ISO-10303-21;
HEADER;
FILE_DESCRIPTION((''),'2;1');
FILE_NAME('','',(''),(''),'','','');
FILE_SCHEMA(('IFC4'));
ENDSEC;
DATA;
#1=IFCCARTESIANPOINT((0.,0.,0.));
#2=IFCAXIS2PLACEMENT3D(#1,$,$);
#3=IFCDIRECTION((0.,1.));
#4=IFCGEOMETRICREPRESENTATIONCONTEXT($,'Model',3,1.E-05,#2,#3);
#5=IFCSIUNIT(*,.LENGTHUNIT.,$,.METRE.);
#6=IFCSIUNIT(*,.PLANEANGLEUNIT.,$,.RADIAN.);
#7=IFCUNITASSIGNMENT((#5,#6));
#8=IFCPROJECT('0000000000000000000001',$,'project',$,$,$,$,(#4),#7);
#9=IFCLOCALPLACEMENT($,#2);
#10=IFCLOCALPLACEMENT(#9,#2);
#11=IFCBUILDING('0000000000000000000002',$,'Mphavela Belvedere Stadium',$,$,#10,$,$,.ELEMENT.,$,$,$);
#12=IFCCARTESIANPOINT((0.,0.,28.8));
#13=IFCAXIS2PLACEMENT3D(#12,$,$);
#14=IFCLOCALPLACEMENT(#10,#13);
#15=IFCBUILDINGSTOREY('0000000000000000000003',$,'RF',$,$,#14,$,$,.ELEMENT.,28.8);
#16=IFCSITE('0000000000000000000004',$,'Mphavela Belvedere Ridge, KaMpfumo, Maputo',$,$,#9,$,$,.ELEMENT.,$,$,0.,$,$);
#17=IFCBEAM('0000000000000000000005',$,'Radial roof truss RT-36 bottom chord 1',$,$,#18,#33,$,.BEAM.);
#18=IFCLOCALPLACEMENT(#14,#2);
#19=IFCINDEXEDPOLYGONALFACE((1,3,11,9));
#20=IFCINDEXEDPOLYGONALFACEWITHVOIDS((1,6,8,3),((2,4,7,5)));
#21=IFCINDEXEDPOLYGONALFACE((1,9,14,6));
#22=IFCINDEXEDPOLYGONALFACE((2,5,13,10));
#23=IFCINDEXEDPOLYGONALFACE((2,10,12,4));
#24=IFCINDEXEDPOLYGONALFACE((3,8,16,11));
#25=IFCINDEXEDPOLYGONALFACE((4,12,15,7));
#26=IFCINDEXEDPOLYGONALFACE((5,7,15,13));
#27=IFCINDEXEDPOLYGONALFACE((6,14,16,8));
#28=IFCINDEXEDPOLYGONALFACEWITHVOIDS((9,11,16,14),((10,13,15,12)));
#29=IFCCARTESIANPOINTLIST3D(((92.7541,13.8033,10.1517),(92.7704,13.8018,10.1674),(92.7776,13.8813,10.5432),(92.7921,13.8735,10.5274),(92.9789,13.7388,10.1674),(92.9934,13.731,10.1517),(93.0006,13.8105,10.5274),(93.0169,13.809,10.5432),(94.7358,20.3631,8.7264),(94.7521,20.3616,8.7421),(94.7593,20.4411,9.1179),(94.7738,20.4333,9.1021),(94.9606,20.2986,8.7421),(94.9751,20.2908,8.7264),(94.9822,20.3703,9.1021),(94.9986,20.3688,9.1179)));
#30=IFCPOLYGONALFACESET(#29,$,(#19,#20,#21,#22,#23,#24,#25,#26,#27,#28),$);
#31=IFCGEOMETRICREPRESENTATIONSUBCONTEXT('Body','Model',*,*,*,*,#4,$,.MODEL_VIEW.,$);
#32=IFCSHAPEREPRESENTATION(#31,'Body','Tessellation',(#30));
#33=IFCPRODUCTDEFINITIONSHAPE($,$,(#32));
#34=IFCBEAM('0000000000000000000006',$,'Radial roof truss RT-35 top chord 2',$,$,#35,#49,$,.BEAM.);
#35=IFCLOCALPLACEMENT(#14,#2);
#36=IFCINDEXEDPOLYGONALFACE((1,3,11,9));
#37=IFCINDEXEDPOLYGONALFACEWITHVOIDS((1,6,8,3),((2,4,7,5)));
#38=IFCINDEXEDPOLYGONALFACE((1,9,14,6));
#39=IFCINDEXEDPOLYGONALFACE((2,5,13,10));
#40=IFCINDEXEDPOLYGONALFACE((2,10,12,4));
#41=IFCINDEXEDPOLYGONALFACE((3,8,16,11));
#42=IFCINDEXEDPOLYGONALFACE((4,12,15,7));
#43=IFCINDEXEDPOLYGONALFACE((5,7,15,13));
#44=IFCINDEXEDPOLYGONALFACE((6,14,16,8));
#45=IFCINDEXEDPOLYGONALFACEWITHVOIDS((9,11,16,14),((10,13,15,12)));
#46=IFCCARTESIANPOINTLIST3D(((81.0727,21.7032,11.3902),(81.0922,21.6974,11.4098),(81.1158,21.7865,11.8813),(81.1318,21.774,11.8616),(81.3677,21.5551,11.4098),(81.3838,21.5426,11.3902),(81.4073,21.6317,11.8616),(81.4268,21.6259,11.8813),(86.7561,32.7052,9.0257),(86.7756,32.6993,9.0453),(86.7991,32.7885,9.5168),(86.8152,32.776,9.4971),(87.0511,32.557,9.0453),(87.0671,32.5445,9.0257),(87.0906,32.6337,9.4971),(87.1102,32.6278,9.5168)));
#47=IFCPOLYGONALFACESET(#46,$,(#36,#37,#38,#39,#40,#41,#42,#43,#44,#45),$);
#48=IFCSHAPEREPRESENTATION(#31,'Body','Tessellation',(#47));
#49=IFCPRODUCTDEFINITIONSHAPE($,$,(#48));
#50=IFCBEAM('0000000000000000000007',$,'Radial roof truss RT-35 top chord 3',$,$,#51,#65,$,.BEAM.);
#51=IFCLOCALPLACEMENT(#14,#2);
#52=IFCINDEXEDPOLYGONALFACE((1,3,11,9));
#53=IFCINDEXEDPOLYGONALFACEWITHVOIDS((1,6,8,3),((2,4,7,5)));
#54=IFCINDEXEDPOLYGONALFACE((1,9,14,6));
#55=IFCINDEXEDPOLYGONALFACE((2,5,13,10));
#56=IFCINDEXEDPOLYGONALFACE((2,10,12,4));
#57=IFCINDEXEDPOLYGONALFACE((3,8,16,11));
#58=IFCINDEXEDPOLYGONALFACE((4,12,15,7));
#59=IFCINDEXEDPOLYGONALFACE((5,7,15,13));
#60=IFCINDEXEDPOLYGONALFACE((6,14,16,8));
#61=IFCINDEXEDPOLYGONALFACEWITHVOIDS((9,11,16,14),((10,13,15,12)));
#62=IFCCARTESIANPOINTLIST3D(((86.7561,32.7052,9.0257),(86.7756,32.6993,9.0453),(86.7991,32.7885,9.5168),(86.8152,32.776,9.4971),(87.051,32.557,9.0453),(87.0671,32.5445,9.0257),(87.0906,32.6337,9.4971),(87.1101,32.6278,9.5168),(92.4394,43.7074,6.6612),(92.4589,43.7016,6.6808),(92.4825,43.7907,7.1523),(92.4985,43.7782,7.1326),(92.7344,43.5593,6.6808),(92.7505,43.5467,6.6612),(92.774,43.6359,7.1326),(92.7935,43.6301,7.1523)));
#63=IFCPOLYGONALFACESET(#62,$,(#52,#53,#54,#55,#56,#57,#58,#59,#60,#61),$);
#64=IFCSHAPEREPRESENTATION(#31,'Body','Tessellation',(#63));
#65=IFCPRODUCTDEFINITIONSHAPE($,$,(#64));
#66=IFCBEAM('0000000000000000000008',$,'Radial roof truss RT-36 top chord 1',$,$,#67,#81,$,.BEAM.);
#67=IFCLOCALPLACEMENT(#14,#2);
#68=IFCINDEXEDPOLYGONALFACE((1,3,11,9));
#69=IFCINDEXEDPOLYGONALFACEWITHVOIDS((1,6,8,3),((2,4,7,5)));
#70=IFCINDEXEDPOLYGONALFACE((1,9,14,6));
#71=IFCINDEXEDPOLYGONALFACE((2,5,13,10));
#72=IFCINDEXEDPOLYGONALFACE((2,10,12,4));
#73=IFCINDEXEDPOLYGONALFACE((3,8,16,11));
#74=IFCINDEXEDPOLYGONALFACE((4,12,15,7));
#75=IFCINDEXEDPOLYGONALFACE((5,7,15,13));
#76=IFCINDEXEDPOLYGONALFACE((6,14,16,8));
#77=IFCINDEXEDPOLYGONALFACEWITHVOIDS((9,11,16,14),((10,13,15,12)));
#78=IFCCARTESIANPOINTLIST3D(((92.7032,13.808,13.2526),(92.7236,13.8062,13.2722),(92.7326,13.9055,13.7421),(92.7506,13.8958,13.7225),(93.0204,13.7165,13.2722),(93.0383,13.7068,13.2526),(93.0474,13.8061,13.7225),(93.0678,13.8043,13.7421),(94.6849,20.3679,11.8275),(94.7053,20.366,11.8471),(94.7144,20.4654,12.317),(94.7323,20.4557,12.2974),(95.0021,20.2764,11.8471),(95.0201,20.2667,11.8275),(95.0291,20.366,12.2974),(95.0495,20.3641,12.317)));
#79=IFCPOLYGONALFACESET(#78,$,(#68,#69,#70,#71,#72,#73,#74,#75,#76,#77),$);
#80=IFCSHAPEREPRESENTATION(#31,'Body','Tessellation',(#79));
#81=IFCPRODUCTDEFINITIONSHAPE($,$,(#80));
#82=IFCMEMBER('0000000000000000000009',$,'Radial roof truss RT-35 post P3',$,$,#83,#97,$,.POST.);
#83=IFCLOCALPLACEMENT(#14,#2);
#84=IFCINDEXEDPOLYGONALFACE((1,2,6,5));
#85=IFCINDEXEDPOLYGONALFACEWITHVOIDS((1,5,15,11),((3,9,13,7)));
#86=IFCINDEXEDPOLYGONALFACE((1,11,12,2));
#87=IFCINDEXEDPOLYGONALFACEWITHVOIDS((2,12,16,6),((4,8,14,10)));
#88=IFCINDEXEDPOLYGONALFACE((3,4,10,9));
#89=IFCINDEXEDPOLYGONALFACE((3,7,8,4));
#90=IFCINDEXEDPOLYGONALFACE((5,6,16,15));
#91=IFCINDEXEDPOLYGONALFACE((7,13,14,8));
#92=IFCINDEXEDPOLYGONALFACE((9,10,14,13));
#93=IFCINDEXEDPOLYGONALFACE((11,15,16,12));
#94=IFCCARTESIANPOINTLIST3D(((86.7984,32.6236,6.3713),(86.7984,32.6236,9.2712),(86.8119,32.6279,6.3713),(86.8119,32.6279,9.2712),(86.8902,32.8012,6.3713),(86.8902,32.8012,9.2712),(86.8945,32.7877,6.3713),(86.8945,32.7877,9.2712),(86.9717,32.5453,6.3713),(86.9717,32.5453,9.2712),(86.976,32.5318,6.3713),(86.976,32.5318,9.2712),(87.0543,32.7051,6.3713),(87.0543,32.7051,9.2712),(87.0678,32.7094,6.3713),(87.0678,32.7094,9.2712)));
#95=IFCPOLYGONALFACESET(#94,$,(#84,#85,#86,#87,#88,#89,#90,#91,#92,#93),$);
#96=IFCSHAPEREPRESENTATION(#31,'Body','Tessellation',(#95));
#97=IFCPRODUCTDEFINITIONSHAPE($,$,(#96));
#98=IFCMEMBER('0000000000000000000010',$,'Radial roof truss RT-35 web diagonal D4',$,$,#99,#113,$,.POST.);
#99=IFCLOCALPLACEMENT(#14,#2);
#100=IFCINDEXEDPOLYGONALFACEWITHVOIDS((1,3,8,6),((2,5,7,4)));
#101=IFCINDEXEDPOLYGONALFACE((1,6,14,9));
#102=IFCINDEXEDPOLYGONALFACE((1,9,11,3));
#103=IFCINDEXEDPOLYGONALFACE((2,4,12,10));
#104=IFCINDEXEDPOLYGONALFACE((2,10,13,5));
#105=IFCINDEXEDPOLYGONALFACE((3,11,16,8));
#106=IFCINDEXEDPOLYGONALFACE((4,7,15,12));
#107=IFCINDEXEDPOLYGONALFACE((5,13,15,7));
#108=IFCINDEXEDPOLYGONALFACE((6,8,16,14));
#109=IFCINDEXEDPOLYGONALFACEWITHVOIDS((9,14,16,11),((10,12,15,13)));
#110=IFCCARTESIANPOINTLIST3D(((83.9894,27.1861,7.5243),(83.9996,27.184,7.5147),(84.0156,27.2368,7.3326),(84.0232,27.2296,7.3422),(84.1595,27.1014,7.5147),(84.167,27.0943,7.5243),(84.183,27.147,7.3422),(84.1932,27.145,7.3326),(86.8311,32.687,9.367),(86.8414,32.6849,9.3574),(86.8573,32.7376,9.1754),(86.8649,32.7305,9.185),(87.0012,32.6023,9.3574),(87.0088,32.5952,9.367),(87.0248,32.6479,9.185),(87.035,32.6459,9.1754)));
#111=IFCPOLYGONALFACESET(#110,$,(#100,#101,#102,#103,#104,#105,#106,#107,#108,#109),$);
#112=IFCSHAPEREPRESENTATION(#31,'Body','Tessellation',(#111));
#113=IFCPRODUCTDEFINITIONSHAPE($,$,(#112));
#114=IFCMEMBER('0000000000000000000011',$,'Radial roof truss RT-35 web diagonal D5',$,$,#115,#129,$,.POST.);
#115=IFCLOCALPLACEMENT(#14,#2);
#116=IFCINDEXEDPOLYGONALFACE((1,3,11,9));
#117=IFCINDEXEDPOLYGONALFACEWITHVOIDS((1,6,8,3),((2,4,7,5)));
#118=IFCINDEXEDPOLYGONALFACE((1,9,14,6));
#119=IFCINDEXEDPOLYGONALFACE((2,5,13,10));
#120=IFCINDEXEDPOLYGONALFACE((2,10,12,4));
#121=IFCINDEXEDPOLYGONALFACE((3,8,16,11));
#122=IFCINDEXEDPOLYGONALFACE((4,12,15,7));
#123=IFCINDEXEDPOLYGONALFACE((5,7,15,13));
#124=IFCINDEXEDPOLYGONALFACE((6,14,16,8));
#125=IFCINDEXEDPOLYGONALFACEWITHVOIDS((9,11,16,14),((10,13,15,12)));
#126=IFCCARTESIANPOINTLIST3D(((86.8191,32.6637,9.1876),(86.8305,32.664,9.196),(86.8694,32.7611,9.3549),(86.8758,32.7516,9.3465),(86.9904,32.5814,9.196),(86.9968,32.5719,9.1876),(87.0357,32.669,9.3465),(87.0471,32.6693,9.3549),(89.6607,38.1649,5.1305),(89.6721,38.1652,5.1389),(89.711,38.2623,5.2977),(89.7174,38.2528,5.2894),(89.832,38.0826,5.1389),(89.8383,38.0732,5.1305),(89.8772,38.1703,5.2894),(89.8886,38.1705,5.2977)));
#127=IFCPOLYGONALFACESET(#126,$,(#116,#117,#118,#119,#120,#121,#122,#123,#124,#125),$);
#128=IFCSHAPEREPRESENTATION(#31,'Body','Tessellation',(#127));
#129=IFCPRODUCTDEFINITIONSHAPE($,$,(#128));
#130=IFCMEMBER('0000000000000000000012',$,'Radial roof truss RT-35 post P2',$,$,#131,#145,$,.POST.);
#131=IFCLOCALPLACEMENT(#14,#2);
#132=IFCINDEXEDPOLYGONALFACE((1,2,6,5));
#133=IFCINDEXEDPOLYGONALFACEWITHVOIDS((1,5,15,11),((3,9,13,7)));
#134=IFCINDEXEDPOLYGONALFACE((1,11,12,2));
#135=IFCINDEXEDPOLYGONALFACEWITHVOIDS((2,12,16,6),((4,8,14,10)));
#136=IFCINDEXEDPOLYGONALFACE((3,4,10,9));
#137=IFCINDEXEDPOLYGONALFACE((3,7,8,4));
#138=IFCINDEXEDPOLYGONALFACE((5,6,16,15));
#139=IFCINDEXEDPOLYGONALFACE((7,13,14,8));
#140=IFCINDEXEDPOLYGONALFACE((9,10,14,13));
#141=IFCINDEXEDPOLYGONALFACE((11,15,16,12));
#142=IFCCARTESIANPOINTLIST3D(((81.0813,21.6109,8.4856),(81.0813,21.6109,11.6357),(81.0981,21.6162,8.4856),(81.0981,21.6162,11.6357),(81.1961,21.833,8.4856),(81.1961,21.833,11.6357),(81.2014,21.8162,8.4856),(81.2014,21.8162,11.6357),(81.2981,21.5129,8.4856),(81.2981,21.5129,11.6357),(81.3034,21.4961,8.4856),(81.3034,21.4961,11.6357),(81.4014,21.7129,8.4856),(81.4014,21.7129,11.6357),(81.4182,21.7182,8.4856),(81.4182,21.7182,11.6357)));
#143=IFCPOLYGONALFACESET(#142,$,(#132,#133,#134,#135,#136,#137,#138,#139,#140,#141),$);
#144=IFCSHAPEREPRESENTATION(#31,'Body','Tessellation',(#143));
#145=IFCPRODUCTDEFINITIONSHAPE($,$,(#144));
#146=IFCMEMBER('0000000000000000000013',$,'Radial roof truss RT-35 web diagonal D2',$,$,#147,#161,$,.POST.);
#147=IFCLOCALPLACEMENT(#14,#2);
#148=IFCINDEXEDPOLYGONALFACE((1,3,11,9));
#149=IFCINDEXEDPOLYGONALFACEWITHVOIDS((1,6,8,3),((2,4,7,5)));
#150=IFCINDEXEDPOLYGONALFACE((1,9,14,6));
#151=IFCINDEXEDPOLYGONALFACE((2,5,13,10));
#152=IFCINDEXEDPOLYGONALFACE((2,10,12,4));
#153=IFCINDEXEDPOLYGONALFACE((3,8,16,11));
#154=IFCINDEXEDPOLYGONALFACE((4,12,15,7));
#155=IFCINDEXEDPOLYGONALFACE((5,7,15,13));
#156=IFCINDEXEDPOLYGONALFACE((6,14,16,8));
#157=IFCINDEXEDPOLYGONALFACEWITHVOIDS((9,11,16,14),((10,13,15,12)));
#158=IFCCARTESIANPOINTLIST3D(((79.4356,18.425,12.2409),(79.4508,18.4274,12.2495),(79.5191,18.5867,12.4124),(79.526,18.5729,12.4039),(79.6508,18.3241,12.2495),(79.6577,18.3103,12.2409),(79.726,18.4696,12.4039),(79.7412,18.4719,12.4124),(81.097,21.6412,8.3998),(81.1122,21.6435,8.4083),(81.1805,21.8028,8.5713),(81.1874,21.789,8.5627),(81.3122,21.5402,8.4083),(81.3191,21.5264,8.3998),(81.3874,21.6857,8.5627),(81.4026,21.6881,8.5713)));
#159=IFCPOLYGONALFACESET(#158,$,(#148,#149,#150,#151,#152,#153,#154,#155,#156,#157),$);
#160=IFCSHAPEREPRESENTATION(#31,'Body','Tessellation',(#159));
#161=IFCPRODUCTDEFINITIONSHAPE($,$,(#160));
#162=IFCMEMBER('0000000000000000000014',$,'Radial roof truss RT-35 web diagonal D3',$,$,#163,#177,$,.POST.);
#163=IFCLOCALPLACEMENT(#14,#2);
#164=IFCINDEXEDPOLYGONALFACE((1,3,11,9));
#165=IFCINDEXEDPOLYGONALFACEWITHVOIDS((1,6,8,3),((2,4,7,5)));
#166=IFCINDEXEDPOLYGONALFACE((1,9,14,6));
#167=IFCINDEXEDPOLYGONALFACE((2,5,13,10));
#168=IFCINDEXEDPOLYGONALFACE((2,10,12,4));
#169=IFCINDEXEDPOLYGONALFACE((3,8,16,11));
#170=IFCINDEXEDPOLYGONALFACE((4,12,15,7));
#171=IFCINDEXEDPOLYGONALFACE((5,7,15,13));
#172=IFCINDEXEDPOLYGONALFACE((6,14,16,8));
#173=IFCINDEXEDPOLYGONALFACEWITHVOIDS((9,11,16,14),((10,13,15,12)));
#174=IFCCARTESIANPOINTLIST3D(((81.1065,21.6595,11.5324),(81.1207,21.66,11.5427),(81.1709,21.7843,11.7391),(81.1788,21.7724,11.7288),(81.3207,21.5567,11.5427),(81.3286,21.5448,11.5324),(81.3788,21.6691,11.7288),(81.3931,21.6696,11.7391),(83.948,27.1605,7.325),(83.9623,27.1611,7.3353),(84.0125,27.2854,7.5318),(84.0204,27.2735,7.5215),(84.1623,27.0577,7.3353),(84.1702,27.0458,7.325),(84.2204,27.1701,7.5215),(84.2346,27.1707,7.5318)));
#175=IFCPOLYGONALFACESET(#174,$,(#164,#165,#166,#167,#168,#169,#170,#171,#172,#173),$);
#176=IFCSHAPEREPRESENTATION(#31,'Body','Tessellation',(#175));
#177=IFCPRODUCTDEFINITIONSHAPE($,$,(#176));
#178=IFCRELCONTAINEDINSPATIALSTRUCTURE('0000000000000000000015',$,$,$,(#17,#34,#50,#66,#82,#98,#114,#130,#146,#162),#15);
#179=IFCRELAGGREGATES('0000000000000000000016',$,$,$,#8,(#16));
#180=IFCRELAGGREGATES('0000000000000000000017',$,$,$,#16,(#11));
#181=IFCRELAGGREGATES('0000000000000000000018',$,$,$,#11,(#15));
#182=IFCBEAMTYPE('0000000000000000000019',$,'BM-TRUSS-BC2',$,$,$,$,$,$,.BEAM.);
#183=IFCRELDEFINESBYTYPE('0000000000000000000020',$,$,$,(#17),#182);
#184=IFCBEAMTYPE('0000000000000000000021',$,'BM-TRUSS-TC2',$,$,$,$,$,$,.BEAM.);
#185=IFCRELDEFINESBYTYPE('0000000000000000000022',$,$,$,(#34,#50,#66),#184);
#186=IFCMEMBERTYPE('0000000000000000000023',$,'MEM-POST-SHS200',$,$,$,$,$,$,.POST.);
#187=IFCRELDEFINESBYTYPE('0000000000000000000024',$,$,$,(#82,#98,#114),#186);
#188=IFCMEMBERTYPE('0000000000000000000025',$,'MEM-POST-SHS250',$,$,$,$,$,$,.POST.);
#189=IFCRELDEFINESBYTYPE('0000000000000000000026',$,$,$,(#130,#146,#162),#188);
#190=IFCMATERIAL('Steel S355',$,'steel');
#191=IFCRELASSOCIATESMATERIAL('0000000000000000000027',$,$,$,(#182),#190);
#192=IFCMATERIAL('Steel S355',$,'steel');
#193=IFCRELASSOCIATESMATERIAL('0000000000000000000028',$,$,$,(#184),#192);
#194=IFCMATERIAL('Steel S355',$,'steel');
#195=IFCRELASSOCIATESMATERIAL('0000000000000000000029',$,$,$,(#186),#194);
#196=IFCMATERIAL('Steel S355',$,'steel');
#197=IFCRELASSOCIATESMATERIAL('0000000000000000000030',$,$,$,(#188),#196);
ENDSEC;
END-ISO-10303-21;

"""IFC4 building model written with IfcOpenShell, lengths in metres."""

from ifc_helpers import new_model, si_unit, direction, frame, origin, origin_2d, place, context, subcontext, project, spatial, hollow_rectangle, extrude, material, material_profile, profile_set, type_object, element, save


model = new_model("IFC4")

# Units and contexts
model_context = context("Model", 3, precision=1e-05, world=origin(), true_north=direction((0.0, 1.0)))
body_context = subcontext(model_context, "Body", "Model", "MODEL_VIEW")
ifc_project = project(units=[si_unit("LENGTHUNIT", "METRE"), si_unit("PLANEANGLEUNIT", "RADIAN")], contexts=[model_context])

# Site, building, storey
site_placement = place(None, origin())
site = spatial("IfcSite", under=ifc_project, at=site_placement, Name="Mphavela Belvedere Ridge, KaMpfumo, Maputo", CompositionType="ELEMENT", RefElevation=0.0)
building_placement = place(site_placement, origin())
building = spatial("IfcBuilding", under=site, at=building_placement, Name="Mphavela Belvedere Stadium", CompositionType="ELEMENT")
storey_placement = place(building_placement, frame((0.0, 0.0, 28.8)))
storey = spatial("IfcBuildingStorey", under=building, at=storey_placement, Name="RF", CompositionType="ELEMENT", Elevation=28.8)

# Beams
ifc_material_1 = material(Name="Steel S355", Category="steel")
ifc_material_profile_1 = material_profile(ifc_material_1, hollow_rectangle(XDim=0.25, YDim=0.3999, WallThickness=0.0161, at=origin_2d()), Name="RHS 400x250x16")
ifc_profile_set_1 = profile_set([ifc_material_profile_1], Name="Steel S355")
beam_type_1 = type_object("IfcBeamType", Name="BM-TRUSS-BC2", PredefinedType="BEAM", material=ifc_profile_set_1)
beam_1_placement = place(storey_placement, frame((92.8855, 13.8062, 10.3474), z_axis=(0.283128, 0.937215, -0.203635), x_axis=(-0.957272, 0.289188, 0.0)))
element("IfcBeam", 1, at=beam_1_placement, inside=storey, type_object=beam_type_1, Name="Radial roof truss RT-36 bottom chord 1", PredefinedType="BEAM", context=body_context, shape_type="SweptSolid", body=[
    extrude(hollow_rectangle(XDim=0.25, YDim=0.3999, WallThickness=0.0161, at=origin_2d()), origin(), (0.0, 0.0, 1.0), 6.9993),
])
ifc_material_2 = material(Name="Steel S355", Category="steel")
ifc_material_profile_2 = material_profile(ifc_material_2, hollow_rectangle(XDim=0.3501, YDim=0.5, WallThickness=0.02, at=origin_2d()), Name="RHS 500x350x20")
ifc_profile_set_2 = profile_set([ifc_material_profile_2], Name="Steel S355")
beam_type_2 = type_object("IfcBeamType", Name="BM-TRUSS-TC2", PredefinedType="BEAM", material=ifc_profile_set_2)
beam_2_placement = place(storey_placement, frame((81.2498, 21.6646, 11.6357), z_axis=(0.450812, 0.872692, -0.187556), x_axis=(-0.888459, 0.458957, 0.0)))
element("IfcBeam", 2, at=beam_2_placement, inside=storey, type_object=beam_type_2, Name="Radial roof truss RT-35 top chord 2", PredefinedType="BEAM", context=body_context, shape_type="SweptSolid", body=[
    extrude(hollow_rectangle(XDim=0.3501, YDim=0.5, WallThickness=0.02, at=origin_2d()), origin(), (0.0, 0.0, 1.0), 12.6069),
])
beam_3_placement = place(storey_placement, frame((86.9331, 32.6665, 9.2712), z_axis=(0.450804, 0.872697, -0.187553), x_axis=(-0.888463, 0.458949, 0.0)))
element("IfcBeam", 3, at=beam_3_placement, inside=storey, type_object=beam_type_2, Name="Radial roof truss RT-35 top chord 3", PredefinedType="BEAM", context=body_context, shape_type="SweptSolid", body=[
    extrude(hollow_rectangle(XDim=0.3501, YDim=0.5, WallThickness=0.02, at=origin_2d()), origin(), (0.0, 0.0, 1.0), 12.6072),
])
beam_4_placement = place(storey_placement, frame((92.8855, 13.8062, 13.4973), z_axis=(0.28313, 0.937221, -0.203601), x_axis=(-0.957272, 0.289188, 0.0)))
element("IfcBeam", 4, at=beam_4_placement, inside=storey, type_object=beam_type_2, Name="Radial roof truss RT-36 top chord 1", PredefinedType="BEAM", context=body_context, shape_type="SweptSolid", body=[
    extrude(hollow_rectangle(XDim=0.3501, YDim=0.5, WallThickness=0.02, at=origin_2d()), origin(), (0.0, 0.0, 1.0), 6.9993),
])

# Members
ifc_material_3 = material(Name="Steel S355", Category="steel")
ifc_material_profile_3 = material_profile(ifc_material_3, hollow_rectangle(XDim=0.2, YDim=0.2, WallThickness=0.01, at=origin_2d()), Name="SHS 200x200x10")
ifc_profile_set_3 = profile_set([ifc_material_profile_3], Name="Steel S355")
member_type_1 = type_object("IfcMemberType", Name="MEM-POST-SHS200", PredefinedType="POST", material=ifc_profile_set_3)
member_1_placement = place(storey_placement, frame((86.9331, 32.6665, 6.3713), z_axis=(0.0, 0.0, 1.0), x_axis=(-0.45896, -0.888457, 0.0)))
element("IfcMember", 5, at=member_1_placement, inside=storey, type_object=member_type_1, Name="Radial roof truss RT-35 post P3", PredefinedType="POST", context=body_context, shape_type="SweptSolid", body=[
    extrude(hollow_rectangle(XDim=0.2, YDim=0.2, WallThickness=0.01, at=origin_2d()), origin(), (0.0, 0.0, 1.0), 2.8999),
])
member_2_placement = place(storey_placement, frame((84.0913, 27.1655, 7.4285), z_axis=(0.439903, 0.851537, 0.285256), x_axis=(-0.888451, 0.458972, 0.0)))
element("IfcMember", 6, at=member_2_placement, inside=storey, type_object=member_type_1, Name="Radial roof truss RT-35 web diagonal D4", PredefinedType="POST", context=body_context, shape_type="SweptSolid", body=[
    extrude(hollow_rectangle(XDim=0.2, YDim=0.2, WallThickness=0.01, at=origin_2d()), origin(), (0.0, 0.0, 1.0), 6.46),
])
member_3_placement = place(storey_placement, frame((86.9331, 32.6665, 9.2712), z_axis=(0.38386, 0.743149, -0.54807), x_axis=(-0.888475, 0.458925, 0.0)))
element("IfcMember", 7, at=member_3_placement, inside=storey, type_object=member_type_1, Name="Radial roof truss RT-35 web diagonal D5", PredefinedType="POST", context=body_context, shape_type="SweptSolid", body=[
    extrude(hollow_rectangle(XDim=0.2, YDim=0.2, WallThickness=0.01, at=origin_2d()), origin(), (0.0, 0.0, 1.0), 7.4026),
])
ifc_material_4 = material(Name="Steel S355", Category="steel")
ifc_material_profile_4 = material_profile(ifc_material_4, hollow_rectangle(XDim=0.25, YDim=0.25, WallThickness=0.0125, at=origin_2d()), Name="SHS 250x250x12.5")
ifc_profile_set_4 = profile_set([ifc_material_profile_4], Name="Steel S355")
member_type_2 = type_object("IfcMemberType", Name="MEM-POST-SHS250", PredefinedType="POST", material=ifc_profile_set_4)
member_4_placement = place(storey_placement, frame((81.2498, 21.6646, 8.4856), z_axis=(0.0, 0.0, 1.0), x_axis=(-0.45896, -0.888457, 0.0)))
element("IfcMember", 8, at=member_4_placement, inside=storey, type_object=member_type_2, Name="Radial roof truss RT-35 post P2", PredefinedType="POST", context=body_context, shape_type="SweptSolid", body=[
    extrude(hollow_rectangle(XDim=0.25, YDim=0.25, WallThickness=0.0125, at=origin_2d()), origin(), (0.0, 0.0, 1.0), 3.1501),
])
member_5_placement = place(storey_placement, frame((79.5884, 18.4485, 12.3267), z_axis=(0.314775, 0.609337, -0.727753), x_axis=(-0.888455, 0.458964, 0.0)))
element("IfcMember", 9, at=member_5_placement, inside=storey, type_object=member_type_2, Name="Radial roof truss RT-35 web diagonal D2", PredefinedType="POST", context=body_context, shape_type="SweptSolid", body=[
    extrude(hollow_rectangle(XDim=0.25, YDim=0.25, WallThickness=0.0125, at=origin_2d()), origin(), (0.0, 0.0, 1.0), 5.2781),
])
member_6_placement = place(storey_placement, frame((81.2498, 21.6646, 11.6357), z_axis=(0.379595, 0.734861, -0.562039), x_axis=(-0.888467, 0.458941, 0.0)))
element("IfcMember", 10, at=member_6_placement, inside=storey, type_object=member_type_2, Name="Radial roof truss RT-35 web diagonal D3", PredefinedType="POST", context=body_context, shape_type="SweptSolid", body=[
    extrude(hollow_rectangle(XDim=0.25, YDim=0.25, WallThickness=0.0125, at=origin_2d()), origin(), (0.0, 0.0, 1.0), 7.4858),
])

save(model, "model.ifc")
